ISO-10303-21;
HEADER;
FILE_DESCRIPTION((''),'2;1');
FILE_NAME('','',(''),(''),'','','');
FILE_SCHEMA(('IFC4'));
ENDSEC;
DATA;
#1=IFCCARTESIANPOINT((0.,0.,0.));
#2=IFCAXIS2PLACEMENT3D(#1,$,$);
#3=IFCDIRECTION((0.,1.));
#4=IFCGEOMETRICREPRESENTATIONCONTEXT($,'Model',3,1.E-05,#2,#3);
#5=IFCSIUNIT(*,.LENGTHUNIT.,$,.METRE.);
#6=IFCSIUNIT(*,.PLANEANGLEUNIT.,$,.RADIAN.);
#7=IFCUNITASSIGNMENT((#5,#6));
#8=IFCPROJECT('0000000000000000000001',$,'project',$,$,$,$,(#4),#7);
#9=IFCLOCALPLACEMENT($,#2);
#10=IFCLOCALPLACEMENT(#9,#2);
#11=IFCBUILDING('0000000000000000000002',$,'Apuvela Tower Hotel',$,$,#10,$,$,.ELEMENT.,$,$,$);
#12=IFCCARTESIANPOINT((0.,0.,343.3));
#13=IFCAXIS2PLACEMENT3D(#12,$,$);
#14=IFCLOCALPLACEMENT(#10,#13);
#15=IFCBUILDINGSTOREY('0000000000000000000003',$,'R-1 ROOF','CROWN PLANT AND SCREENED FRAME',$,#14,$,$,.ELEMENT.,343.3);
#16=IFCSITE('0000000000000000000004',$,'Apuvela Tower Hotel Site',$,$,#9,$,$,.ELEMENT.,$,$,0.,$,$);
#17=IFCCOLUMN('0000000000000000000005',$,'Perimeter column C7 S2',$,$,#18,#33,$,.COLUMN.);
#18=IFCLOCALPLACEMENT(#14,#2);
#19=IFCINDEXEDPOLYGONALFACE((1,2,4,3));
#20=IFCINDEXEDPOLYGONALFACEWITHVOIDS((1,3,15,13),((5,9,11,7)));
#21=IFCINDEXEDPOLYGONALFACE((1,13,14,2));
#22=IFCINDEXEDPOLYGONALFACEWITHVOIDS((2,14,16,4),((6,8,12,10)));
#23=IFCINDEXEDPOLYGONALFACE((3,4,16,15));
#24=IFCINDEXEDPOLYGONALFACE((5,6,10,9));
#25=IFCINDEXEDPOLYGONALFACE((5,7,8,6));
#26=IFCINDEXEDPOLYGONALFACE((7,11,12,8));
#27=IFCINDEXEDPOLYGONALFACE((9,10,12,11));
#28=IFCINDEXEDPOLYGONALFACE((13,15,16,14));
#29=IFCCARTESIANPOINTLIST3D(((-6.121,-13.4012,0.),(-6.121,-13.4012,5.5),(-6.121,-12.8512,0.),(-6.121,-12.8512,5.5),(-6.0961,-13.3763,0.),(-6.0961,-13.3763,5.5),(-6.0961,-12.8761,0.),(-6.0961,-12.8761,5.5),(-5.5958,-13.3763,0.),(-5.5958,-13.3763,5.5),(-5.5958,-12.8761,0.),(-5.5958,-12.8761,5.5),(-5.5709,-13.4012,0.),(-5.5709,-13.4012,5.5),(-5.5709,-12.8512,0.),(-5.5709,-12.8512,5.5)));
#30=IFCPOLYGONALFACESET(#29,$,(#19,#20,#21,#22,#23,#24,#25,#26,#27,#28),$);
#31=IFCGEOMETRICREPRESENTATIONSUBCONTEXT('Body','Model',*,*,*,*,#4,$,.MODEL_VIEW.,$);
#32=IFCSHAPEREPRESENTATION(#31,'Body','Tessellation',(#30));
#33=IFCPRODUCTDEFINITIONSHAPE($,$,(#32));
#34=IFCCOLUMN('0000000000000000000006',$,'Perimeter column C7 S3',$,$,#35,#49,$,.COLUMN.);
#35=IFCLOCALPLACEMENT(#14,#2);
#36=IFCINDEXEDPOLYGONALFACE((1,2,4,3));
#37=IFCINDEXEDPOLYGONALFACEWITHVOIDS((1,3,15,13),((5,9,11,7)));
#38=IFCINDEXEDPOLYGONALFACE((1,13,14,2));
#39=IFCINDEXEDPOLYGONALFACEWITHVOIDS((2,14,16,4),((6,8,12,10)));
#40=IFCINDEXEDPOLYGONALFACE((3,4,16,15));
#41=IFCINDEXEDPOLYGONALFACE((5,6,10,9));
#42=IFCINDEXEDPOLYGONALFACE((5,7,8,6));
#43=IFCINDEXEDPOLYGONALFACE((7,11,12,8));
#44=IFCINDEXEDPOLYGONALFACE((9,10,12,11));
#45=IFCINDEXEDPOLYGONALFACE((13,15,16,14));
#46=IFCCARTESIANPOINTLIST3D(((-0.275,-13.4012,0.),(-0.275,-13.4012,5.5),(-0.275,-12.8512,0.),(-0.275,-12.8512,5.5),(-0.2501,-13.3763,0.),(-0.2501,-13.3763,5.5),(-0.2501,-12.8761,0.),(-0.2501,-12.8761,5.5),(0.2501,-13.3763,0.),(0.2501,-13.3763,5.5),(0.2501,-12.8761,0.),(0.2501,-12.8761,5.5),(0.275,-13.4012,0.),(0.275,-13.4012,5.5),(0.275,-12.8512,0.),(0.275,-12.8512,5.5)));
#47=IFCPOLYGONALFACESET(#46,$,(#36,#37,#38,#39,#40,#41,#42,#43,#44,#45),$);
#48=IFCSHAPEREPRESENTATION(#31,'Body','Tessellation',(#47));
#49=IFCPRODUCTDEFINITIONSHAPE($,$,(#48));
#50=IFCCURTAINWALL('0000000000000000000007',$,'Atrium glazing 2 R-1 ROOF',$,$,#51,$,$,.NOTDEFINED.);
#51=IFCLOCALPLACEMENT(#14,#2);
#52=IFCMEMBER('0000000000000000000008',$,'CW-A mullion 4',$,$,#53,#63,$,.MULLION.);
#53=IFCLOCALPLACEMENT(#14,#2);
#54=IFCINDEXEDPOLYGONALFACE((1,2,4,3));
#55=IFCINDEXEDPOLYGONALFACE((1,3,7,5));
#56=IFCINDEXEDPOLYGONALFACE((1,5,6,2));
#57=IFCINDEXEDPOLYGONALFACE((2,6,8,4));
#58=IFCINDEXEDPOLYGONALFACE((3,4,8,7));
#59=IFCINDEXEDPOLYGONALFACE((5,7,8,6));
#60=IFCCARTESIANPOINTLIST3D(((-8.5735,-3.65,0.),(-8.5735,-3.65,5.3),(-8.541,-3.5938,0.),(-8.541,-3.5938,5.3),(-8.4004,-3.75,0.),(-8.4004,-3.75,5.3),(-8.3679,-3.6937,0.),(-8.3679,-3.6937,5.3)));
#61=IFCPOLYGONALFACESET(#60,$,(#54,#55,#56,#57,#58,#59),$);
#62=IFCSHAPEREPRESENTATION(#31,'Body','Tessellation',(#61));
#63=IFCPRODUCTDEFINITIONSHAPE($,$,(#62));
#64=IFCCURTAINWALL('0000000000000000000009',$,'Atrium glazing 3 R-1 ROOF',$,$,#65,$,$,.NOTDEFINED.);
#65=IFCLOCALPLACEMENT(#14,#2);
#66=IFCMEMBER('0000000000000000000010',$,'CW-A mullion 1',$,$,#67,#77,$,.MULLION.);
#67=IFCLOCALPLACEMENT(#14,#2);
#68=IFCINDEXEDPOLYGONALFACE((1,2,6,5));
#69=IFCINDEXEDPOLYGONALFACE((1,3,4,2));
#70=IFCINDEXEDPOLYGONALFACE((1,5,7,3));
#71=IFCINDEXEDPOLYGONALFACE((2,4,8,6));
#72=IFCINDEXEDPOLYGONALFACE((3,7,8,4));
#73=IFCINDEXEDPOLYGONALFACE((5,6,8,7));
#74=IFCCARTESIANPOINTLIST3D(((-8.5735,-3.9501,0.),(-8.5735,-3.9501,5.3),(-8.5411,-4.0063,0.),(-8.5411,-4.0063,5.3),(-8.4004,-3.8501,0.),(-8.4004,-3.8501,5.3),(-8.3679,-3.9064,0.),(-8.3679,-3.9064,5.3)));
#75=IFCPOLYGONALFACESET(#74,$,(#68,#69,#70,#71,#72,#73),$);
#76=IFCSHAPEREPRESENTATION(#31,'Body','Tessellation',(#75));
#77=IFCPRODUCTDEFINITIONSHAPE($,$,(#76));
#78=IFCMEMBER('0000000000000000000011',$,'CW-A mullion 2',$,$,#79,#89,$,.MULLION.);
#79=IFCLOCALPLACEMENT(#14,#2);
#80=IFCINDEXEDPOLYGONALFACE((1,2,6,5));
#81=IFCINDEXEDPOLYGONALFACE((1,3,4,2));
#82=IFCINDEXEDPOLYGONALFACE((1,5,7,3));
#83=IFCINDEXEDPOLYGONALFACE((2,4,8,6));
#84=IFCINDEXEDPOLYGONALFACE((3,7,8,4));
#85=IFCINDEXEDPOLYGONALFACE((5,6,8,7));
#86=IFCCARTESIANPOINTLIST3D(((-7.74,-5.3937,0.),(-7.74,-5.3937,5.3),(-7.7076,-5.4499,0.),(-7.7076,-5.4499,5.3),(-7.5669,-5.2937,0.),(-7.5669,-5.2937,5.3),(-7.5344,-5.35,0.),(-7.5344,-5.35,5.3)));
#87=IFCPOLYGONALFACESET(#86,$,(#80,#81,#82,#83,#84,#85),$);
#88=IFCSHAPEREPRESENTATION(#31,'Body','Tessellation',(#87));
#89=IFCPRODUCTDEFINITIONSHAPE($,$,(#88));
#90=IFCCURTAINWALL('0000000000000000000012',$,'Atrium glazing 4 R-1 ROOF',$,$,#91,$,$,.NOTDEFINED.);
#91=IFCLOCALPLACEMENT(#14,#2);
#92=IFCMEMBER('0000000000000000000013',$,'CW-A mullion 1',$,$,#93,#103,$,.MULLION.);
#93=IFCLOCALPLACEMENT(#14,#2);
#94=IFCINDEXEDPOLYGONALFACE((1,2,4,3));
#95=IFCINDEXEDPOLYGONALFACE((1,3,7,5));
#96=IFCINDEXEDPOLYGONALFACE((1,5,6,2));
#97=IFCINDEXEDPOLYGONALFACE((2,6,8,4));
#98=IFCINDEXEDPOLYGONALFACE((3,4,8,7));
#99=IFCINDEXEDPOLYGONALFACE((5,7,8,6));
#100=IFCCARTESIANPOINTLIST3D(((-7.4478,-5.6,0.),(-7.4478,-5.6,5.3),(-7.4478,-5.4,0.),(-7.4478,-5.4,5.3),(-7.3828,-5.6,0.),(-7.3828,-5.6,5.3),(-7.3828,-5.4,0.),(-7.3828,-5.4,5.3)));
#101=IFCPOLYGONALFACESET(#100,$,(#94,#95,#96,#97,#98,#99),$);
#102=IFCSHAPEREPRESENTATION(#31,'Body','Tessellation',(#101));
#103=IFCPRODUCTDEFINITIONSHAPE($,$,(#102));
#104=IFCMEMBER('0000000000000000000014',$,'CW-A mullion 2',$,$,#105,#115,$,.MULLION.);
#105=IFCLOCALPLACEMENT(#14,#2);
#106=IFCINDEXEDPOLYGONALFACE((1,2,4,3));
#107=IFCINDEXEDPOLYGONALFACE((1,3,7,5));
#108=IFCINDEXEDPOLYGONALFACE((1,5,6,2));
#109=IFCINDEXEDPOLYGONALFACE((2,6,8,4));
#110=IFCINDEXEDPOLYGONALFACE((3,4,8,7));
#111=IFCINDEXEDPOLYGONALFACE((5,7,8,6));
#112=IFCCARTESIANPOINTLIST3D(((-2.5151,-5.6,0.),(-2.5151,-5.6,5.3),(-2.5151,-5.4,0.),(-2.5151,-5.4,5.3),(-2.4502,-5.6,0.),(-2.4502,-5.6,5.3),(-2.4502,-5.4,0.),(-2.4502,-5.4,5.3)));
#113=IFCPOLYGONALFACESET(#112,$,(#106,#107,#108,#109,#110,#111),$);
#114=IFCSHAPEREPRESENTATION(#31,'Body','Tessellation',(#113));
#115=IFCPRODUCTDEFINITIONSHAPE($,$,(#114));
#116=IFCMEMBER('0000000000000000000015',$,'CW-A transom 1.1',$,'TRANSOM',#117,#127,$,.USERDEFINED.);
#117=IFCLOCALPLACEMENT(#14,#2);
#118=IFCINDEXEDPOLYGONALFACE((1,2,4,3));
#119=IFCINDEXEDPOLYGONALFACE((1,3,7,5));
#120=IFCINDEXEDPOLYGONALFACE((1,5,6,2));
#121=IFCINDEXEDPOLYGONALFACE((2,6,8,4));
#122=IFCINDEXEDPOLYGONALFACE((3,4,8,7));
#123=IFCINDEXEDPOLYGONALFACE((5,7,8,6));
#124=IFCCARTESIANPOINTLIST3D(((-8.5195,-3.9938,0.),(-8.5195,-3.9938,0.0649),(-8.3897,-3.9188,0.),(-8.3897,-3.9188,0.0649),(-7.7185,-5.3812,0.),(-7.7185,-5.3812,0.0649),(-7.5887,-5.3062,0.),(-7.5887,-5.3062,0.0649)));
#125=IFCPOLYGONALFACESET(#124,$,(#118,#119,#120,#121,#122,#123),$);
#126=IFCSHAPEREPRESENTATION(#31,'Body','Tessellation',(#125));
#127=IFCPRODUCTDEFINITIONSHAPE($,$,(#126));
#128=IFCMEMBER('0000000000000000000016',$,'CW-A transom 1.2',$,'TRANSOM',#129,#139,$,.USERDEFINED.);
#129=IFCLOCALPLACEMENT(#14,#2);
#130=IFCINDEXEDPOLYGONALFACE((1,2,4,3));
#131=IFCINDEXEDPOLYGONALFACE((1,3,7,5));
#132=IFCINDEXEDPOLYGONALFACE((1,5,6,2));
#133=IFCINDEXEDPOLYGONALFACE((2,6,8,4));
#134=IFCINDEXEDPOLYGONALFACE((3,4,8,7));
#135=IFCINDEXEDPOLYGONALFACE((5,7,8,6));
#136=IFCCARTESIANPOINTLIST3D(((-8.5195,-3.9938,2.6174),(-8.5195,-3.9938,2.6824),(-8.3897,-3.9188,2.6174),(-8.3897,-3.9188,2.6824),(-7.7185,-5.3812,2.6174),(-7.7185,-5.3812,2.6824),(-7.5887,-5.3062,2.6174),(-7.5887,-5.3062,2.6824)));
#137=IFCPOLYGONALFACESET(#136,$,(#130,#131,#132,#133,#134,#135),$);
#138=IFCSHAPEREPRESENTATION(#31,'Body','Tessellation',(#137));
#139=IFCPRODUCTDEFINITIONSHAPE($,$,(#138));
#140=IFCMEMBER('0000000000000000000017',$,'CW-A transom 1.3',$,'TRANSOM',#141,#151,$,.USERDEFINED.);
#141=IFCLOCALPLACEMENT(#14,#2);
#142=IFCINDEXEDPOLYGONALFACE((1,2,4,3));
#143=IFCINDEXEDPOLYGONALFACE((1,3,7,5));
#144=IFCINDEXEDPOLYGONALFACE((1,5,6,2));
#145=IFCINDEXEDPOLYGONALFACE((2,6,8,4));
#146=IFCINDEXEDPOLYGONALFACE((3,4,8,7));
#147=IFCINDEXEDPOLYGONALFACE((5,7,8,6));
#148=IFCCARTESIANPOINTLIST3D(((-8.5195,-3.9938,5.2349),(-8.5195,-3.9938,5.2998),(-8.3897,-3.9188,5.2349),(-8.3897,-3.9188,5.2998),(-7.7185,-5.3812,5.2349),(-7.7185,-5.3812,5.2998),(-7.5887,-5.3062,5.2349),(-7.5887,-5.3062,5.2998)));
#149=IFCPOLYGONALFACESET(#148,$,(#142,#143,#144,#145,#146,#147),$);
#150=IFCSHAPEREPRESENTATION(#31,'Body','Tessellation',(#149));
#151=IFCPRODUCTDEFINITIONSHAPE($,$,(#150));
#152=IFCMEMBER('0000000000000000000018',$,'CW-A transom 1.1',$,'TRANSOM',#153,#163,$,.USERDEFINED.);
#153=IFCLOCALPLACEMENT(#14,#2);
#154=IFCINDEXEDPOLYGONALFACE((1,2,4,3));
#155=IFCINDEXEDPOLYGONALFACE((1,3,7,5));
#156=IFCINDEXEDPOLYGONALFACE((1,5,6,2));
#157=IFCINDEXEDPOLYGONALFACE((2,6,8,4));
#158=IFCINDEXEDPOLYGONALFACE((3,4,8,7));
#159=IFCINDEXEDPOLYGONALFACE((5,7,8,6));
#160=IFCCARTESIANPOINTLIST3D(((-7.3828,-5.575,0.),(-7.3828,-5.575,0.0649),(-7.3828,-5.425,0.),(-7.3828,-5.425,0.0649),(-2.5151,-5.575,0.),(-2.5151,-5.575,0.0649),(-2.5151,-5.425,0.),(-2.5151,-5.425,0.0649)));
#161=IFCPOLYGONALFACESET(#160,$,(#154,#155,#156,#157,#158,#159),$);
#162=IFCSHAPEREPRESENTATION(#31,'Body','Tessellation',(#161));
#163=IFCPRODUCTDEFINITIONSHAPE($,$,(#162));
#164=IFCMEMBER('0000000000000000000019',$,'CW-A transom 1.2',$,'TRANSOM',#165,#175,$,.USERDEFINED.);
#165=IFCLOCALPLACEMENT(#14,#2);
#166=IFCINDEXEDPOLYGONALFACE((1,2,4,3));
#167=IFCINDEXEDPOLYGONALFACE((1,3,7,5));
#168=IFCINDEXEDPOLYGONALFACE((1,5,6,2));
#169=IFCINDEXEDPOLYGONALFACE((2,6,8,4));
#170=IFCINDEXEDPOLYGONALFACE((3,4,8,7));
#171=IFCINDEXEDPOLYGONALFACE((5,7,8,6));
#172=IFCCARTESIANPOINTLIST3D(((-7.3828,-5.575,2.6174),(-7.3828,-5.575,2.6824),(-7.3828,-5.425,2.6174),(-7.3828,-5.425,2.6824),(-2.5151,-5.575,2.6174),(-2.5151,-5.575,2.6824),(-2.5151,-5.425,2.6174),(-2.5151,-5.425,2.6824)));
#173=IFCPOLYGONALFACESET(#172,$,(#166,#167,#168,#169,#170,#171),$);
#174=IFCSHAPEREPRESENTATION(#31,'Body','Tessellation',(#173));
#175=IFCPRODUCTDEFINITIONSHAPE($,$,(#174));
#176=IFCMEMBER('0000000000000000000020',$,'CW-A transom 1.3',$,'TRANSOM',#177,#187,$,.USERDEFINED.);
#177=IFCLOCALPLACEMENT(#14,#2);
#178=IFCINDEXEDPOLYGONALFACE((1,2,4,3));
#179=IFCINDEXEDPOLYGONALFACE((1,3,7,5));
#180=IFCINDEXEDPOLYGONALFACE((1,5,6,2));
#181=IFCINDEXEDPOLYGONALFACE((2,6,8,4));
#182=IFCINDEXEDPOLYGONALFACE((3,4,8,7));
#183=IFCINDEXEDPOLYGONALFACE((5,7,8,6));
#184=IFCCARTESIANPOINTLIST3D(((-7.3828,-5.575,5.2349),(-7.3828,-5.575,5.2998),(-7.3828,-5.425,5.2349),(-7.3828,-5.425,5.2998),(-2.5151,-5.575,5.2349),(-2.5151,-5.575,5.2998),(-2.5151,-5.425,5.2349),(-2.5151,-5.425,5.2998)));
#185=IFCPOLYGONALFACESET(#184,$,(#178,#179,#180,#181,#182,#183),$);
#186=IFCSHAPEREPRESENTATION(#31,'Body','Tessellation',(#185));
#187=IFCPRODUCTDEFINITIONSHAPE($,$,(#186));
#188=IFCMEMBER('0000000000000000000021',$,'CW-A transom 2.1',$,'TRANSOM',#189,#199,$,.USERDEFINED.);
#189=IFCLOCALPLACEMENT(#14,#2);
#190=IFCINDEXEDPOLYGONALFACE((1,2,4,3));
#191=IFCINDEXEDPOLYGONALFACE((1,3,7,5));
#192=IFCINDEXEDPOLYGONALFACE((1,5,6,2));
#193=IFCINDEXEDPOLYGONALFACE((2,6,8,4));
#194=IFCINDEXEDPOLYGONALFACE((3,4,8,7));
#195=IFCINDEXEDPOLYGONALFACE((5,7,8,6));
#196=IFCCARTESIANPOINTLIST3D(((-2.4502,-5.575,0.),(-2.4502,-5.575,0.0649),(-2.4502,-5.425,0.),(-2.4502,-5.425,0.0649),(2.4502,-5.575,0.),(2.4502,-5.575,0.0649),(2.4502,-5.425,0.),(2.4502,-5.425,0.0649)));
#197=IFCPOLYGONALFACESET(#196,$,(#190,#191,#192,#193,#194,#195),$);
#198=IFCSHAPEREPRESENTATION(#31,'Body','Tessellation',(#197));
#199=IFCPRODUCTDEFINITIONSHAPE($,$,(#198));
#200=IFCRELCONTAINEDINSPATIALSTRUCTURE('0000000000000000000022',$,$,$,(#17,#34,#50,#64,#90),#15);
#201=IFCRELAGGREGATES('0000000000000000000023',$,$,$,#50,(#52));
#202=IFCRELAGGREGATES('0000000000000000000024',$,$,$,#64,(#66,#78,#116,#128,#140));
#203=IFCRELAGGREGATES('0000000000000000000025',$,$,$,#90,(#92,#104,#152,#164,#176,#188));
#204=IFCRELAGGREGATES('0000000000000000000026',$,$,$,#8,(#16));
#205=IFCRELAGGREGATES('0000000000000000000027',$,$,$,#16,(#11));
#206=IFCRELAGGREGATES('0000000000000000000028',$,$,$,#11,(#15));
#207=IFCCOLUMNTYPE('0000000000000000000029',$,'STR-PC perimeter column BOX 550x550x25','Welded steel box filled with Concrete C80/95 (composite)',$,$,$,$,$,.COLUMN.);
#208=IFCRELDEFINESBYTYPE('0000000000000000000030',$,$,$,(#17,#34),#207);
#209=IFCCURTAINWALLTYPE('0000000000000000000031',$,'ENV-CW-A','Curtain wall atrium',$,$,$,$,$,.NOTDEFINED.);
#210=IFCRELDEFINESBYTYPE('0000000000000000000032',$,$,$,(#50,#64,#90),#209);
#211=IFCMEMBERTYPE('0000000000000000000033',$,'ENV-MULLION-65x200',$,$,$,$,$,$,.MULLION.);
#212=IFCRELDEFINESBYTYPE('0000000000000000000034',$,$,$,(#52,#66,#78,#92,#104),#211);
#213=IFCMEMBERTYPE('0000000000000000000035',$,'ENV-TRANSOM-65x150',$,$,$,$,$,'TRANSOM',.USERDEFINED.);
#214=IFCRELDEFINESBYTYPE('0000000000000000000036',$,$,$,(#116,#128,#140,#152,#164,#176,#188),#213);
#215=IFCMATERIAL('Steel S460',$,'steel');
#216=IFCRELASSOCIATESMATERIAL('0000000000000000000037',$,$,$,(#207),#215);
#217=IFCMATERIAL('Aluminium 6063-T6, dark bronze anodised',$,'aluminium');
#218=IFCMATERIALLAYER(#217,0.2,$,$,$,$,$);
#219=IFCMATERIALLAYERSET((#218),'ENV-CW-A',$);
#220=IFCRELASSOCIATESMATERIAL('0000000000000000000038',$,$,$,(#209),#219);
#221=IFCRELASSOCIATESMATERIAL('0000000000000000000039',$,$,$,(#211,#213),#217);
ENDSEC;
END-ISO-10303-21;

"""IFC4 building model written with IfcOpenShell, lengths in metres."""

from ifc_helpers import new_model, si_unit, direction, frame, origin, origin_2d, place, context, subcontext, project, spatial, rectangle, hollow_rectangle, extrude, material, layer, layer_set, material_profile, profile_set, type_object, element, aggregate, save


model = new_model("IFC4")

# Units and contexts
model_context = context("Model", 3, precision=1e-05, world=origin(), true_north=direction((0.0, 1.0)))
body_context = subcontext(model_context, "Body", "Model", "MODEL_VIEW")
ifc_project = project(units=[si_unit("LENGTHUNIT", "METRE"), si_unit("PLANEANGLEUNIT", "RADIAN")], contexts=[model_context])

# Site, building, storey
site_placement = place(None, origin())
site = spatial("IfcSite", under=ifc_project, at=site_placement, Name="Apuvela Tower Hotel Site", CompositionType="ELEMENT", RefElevation=0.0)
building_placement = place(site_placement, origin())
building = spatial("IfcBuilding", under=site, at=building_placement, Name="Apuvela Tower Hotel", CompositionType="ELEMENT")
storey_placement = place(building_placement, frame((0.0, 0.0, 343.3)))
storey = spatial("IfcBuildingStorey", under=building, at=storey_placement, Name="R-1 ROOF", Description="CROWN PLANT AND SCREENED FRAME", CompositionType="ELEMENT", Elevation=343.3)

# Columns
ifc_material_1 = material(Name="Steel S460", Category="steel")
ifc_material_profile_1 = material_profile(ifc_material_1, hollow_rectangle(XDim=0.55, YDim=0.55, WallThickness=0.0249, at=origin_2d()), Name="BOX 550x550x25")
ifc_material_2 = material(Name="Concrete C80/95", Category="concrete")
ifc_material_profile_2 = material_profile(ifc_material_2, rectangle(XDim=0.5, YDim=0.5, at=origin_2d()), Name="Concrete C80/95 infill")
ifc_profile_set_1 = profile_set([ifc_material_profile_1, ifc_material_profile_2], Name="Steel S460")
column_type = type_object("IfcColumnType", Name="STR-PC perimeter column BOX 550x550x25", Description="Welded steel box filled with Concrete C80/95 (composite)", PredefinedType="COLUMN", material=ifc_profile_set_1)
for number, where, z_axis, x_axis, name in (
    (1, (-5.8459, -13.1262, 0.0), (0.0, 0.0, 1.0), (-1.0, 0.0, 0.0), "Perimeter column C7 S2"),
    (2, (0.0, -13.1262, 0.0), (0.0, 0.0, 1.0), (-1.0, 0.0, 0.0), "Perimeter column C7 S3"),
):
    element("IfcColumn", number, at=place(storey_placement, frame(where, z_axis=z_axis, x_axis=x_axis)), inside=storey, type_object=column_type, Name=name, PredefinedType="COLUMN", context=body_context, shape_type="SweptSolid", body=[
        extrude(hollow_rectangle(XDim=0.55, YDim=0.55, WallThickness=0.0249, at=origin_2d()), origin(), (0.0, 0.0, 1.0), 5.5),
    ])

# Curtain wall, member
ifc_material_3 = material(Name="Aluminium 6063-T6, dark bronze anodised", Category="aluminium")
ifc_layer_1 = layer(ifc_material_3, 0.2)
ifc_layer_set_1 = layer_set([ifc_layer_1], Name="ENV-CW-A")
curtain_wall_type = type_object("IfcCurtainWallType", Name="ENV-CW-A", Description="Curtain wall atrium", PredefinedType="NOTDEFINED", material=ifc_layer_set_1)
curtain_wall_1_placement = place(storey_placement, origin())
curtain_wall_1 = element("IfcCurtainWall", 3, at=curtain_wall_1_placement, inside=storey, type_object=curtain_wall_type, Name="Atrium glazing 2 R-1 ROOF", PredefinedType="NOTDEFINED")
ifc_material_profile_3 = material_profile(ifc_material_3, rectangle(XDim=0.2, YDim=0.0649, at=origin_2d()), Name="AL 65x200")
ifc_profile_set_2 = profile_set([ifc_material_profile_3], Name="Aluminium 6063-T6, dark bronze anodised")
member_type_1 = type_object("IfcMemberType", Name="ENV-MULLION-65x200", PredefinedType="MULLION", material=ifc_profile_set_2)
member_1_placement = place(storey_placement, frame((-8.4707, -3.6719, 0.0), z_axis=(0.0, 0.0, 1.0), x_axis=(0.866026, -0.499999, 0.0)))
member_1 = element("IfcMember", 4, at=member_1_placement, type_object=member_type_1, Name="CW-A mullion 4", PredefinedType="MULLION", context=body_context, shape_type="SweptSolid", body=[
    extrude(rectangle(XDim=0.2, YDim=0.0649, at=origin_2d()), origin(), (0.0, 0.0, 1.0), 5.3),
])

# Curtain walls, members
curtain_wall_2_placement = place(storey_placement, origin())
curtain_wall_2 = element("IfcCurtainWall", 5, at=curtain_wall_2_placement, inside=storey, type_object=curtain_wall_type, Name="Atrium glazing 3 R-1 ROOF", PredefinedType="NOTDEFINED")
member_2_placement = place(storey_placement, frame((-8.4707, -3.9282, 0.0), z_axis=(0.0, 0.0, 1.0), x_axis=(0.866032, 0.499989, 0.0)))
member_2 = element("IfcMember", 6, at=member_2_placement, type_object=member_type_1, Name="CW-A mullion 1", PredefinedType="MULLION", context=body_context, shape_type="SweptSolid", body=[
    extrude(rectangle(XDim=0.2, YDim=0.0649, at=origin_2d()), origin(), (0.0, 0.0, 1.0), 5.3),
])
member_3_placement = place(storey_placement, frame((-7.6372, -5.3718, 0.0), z_axis=(0.0, 0.0, 1.0), x_axis=(0.866032, 0.499989, 0.0)))
member_3 = element("IfcMember", 7, at=member_3_placement, type_object=member_type_1, Name="CW-A mullion 2", PredefinedType="MULLION", context=body_context, shape_type="SweptSolid", body=[
    extrude(rectangle(XDim=0.2, YDim=0.0649, at=origin_2d()), origin(), (0.0, 0.0, 1.0), 5.3),
])
curtain_wall_3_placement = place(storey_placement, origin())
curtain_wall_3 = element("IfcCurtainWall", 8, at=curtain_wall_3_placement, inside=storey, type_object=curtain_wall_type, Name="Atrium glazing 4 R-1 ROOF", PredefinedType="NOTDEFINED")
member_4_placement = place(storey_placement, frame((-7.4153, -5.5, 0.0), z_axis=(0.0, 0.0, 1.0), x_axis=(0.0, 1.0, 0.0)))
member_4 = element("IfcMember", 9, at=member_4_placement, type_object=member_type_1, Name="CW-A mullion 1", PredefinedType="MULLION", context=body_context, shape_type="SweptSolid", body=[
    extrude(rectangle(XDim=0.2, YDim=0.0649, at=origin_2d()), origin(), (0.0, 0.0, 1.0), 5.3),
])
member_5_placement = place(storey_placement, frame((-2.4827, -5.5, 0.0), z_axis=(0.0, 0.0, 1.0), x_axis=(0.0, 1.0, 0.0)))
member_5 = element("IfcMember", 10, at=member_5_placement, type_object=member_type_1, Name="CW-A mullion 2", PredefinedType="MULLION", context=body_context, shape_type="SweptSolid", body=[
    extrude(rectangle(XDim=0.2, YDim=0.0649, at=origin_2d()), origin(), (0.0, 0.0, 1.0), 5.3),
])

# Members
ifc_material_profile_4 = material_profile(ifc_material_3, rectangle(XDim=0.1499, YDim=0.0649, at=origin_2d()), Name="AL 65x150 transom")
ifc_profile_set_3 = profile_set([ifc_material_profile_4], Name="Aluminium 6063-T6, dark bronze anodised")
member_type_2 = type_object("IfcMemberType", Name="ENV-TRANSOM-65x150", ElementType="TRANSOM", PredefinedType="USERDEFINED", material=ifc_profile_set_3)
member_6_placement = place(storey_placement, frame((-8.4546, -3.9563, 0.0325), z_axis=(0.499991, -0.866031, 0.0), x_axis=(0.866031, 0.499991, 0.0)))
member_6 = element("IfcMember", 11, at=member_6_placement, type_object=member_type_2, Name="CW-A transom 1.1", ObjectType="TRANSOM", PredefinedType="USERDEFINED", context=body_context, shape_type="SweptSolid", body=[
    extrude(rectangle(XDim=0.1499, YDim=0.0649, at=origin_2d()), origin(), (0.0, 0.0, 1.0), 1.6021),
])
member_7_placement = place(storey_placement, frame((-8.4546, -3.9563, 2.6499), z_axis=(0.499991, -0.866031, 0.0), x_axis=(0.866031, 0.499991, 0.0)))
member_7 = element("IfcMember", 12, at=member_7_placement, type_object=member_type_2, Name="CW-A transom 1.2", ObjectType="TRANSOM", PredefinedType="USERDEFINED", context=body_context, shape_type="SweptSolid", body=[
    extrude(rectangle(XDim=0.1499, YDim=0.0649, at=origin_2d()), origin(), (0.0, 0.0, 1.0), 1.6021),
])
member_8_placement = place(storey_placement, frame((-8.4546, -3.9563, 5.2673), z_axis=(0.499991, -0.866031, 0.0), x_axis=(0.866031, 0.499991, 0.0)))
member_8 = element("IfcMember", 13, at=member_8_placement, type_object=member_type_2, Name="CW-A transom 1.3", ObjectType="TRANSOM", PredefinedType="USERDEFINED", context=body_context, shape_type="SweptSolid", body=[
    extrude(rectangle(XDim=0.1499, YDim=0.0649, at=origin_2d()), origin(), (0.0, 0.0, 1.0), 1.6021),
])
member_9_placement = place(storey_placement, frame((-7.3828, -5.5, 0.0325), z_axis=(1.0, 0.0, 0.0), x_axis=(0.0, 1.0, 0.0)))
member_9 = element("IfcMember", 14, at=member_9_placement, type_object=member_type_2, Name="CW-A transom 1.1", ObjectType="TRANSOM", PredefinedType="USERDEFINED", context=body_context, shape_type="SweptSolid", body=[
    extrude(rectangle(XDim=0.1499, YDim=0.0649, at=origin_2d()), origin(), (0.0, 0.0, 1.0), 4.8677),
])
member_10_placement = place(storey_placement, frame((-7.3828, -5.5, 2.6499), z_axis=(1.0, 0.0, 0.0), x_axis=(0.0, 1.0, 0.0)))
member_10 = element("IfcMember", 15, at=member_10_placement, type_object=member_type_2, Name="CW-A transom 1.2", ObjectType="TRANSOM", PredefinedType="USERDEFINED", context=body_context, shape_type="SweptSolid", body=[
    extrude(rectangle(XDim=0.1499, YDim=0.0649, at=origin_2d()), origin(), (0.0, 0.0, 1.0), 4.8677),
])
member_11_placement = place(storey_placement, frame((-7.3828, -5.5, 5.2673), z_axis=(1.0, 0.0, 0.0), x_axis=(0.0, 1.0, 0.0)))
member_11 = element("IfcMember", 16, at=member_11_placement, type_object=member_type_2, Name="CW-A transom 1.3", ObjectType="TRANSOM", PredefinedType="USERDEFINED", context=body_context, shape_type="SweptSolid", body=[
    extrude(rectangle(XDim=0.1499, YDim=0.0649, at=origin_2d()), origin(), (0.0, 0.0, 1.0), 4.8677),
])
member_12_placement = place(storey_placement, frame((-2.4502, -5.5, 0.0325), z_axis=(1.0, 0.0, 0.0), x_axis=(0.0, 1.0, 0.0)))
member_12 = element("IfcMember", 17, at=member_12_placement, type_object=member_type_2, Name="CW-A transom 2.1", ObjectType="TRANSOM", PredefinedType="USERDEFINED", context=body_context, shape_type="SweptSolid", body=[
    extrude(rectangle(XDim=0.1499, YDim=0.0649, at=origin_2d()), origin(), (0.0, 0.0, 1.0), 4.9004),
])

aggregate(curtain_wall_1, [member_1])
aggregate(curtain_wall_2, [member_2, member_3, member_6, member_7, member_8])
aggregate(curtain_wall_3, [member_4, member_5, member_9, member_10, member_11, member_12])

save(model, "model.ifc")
